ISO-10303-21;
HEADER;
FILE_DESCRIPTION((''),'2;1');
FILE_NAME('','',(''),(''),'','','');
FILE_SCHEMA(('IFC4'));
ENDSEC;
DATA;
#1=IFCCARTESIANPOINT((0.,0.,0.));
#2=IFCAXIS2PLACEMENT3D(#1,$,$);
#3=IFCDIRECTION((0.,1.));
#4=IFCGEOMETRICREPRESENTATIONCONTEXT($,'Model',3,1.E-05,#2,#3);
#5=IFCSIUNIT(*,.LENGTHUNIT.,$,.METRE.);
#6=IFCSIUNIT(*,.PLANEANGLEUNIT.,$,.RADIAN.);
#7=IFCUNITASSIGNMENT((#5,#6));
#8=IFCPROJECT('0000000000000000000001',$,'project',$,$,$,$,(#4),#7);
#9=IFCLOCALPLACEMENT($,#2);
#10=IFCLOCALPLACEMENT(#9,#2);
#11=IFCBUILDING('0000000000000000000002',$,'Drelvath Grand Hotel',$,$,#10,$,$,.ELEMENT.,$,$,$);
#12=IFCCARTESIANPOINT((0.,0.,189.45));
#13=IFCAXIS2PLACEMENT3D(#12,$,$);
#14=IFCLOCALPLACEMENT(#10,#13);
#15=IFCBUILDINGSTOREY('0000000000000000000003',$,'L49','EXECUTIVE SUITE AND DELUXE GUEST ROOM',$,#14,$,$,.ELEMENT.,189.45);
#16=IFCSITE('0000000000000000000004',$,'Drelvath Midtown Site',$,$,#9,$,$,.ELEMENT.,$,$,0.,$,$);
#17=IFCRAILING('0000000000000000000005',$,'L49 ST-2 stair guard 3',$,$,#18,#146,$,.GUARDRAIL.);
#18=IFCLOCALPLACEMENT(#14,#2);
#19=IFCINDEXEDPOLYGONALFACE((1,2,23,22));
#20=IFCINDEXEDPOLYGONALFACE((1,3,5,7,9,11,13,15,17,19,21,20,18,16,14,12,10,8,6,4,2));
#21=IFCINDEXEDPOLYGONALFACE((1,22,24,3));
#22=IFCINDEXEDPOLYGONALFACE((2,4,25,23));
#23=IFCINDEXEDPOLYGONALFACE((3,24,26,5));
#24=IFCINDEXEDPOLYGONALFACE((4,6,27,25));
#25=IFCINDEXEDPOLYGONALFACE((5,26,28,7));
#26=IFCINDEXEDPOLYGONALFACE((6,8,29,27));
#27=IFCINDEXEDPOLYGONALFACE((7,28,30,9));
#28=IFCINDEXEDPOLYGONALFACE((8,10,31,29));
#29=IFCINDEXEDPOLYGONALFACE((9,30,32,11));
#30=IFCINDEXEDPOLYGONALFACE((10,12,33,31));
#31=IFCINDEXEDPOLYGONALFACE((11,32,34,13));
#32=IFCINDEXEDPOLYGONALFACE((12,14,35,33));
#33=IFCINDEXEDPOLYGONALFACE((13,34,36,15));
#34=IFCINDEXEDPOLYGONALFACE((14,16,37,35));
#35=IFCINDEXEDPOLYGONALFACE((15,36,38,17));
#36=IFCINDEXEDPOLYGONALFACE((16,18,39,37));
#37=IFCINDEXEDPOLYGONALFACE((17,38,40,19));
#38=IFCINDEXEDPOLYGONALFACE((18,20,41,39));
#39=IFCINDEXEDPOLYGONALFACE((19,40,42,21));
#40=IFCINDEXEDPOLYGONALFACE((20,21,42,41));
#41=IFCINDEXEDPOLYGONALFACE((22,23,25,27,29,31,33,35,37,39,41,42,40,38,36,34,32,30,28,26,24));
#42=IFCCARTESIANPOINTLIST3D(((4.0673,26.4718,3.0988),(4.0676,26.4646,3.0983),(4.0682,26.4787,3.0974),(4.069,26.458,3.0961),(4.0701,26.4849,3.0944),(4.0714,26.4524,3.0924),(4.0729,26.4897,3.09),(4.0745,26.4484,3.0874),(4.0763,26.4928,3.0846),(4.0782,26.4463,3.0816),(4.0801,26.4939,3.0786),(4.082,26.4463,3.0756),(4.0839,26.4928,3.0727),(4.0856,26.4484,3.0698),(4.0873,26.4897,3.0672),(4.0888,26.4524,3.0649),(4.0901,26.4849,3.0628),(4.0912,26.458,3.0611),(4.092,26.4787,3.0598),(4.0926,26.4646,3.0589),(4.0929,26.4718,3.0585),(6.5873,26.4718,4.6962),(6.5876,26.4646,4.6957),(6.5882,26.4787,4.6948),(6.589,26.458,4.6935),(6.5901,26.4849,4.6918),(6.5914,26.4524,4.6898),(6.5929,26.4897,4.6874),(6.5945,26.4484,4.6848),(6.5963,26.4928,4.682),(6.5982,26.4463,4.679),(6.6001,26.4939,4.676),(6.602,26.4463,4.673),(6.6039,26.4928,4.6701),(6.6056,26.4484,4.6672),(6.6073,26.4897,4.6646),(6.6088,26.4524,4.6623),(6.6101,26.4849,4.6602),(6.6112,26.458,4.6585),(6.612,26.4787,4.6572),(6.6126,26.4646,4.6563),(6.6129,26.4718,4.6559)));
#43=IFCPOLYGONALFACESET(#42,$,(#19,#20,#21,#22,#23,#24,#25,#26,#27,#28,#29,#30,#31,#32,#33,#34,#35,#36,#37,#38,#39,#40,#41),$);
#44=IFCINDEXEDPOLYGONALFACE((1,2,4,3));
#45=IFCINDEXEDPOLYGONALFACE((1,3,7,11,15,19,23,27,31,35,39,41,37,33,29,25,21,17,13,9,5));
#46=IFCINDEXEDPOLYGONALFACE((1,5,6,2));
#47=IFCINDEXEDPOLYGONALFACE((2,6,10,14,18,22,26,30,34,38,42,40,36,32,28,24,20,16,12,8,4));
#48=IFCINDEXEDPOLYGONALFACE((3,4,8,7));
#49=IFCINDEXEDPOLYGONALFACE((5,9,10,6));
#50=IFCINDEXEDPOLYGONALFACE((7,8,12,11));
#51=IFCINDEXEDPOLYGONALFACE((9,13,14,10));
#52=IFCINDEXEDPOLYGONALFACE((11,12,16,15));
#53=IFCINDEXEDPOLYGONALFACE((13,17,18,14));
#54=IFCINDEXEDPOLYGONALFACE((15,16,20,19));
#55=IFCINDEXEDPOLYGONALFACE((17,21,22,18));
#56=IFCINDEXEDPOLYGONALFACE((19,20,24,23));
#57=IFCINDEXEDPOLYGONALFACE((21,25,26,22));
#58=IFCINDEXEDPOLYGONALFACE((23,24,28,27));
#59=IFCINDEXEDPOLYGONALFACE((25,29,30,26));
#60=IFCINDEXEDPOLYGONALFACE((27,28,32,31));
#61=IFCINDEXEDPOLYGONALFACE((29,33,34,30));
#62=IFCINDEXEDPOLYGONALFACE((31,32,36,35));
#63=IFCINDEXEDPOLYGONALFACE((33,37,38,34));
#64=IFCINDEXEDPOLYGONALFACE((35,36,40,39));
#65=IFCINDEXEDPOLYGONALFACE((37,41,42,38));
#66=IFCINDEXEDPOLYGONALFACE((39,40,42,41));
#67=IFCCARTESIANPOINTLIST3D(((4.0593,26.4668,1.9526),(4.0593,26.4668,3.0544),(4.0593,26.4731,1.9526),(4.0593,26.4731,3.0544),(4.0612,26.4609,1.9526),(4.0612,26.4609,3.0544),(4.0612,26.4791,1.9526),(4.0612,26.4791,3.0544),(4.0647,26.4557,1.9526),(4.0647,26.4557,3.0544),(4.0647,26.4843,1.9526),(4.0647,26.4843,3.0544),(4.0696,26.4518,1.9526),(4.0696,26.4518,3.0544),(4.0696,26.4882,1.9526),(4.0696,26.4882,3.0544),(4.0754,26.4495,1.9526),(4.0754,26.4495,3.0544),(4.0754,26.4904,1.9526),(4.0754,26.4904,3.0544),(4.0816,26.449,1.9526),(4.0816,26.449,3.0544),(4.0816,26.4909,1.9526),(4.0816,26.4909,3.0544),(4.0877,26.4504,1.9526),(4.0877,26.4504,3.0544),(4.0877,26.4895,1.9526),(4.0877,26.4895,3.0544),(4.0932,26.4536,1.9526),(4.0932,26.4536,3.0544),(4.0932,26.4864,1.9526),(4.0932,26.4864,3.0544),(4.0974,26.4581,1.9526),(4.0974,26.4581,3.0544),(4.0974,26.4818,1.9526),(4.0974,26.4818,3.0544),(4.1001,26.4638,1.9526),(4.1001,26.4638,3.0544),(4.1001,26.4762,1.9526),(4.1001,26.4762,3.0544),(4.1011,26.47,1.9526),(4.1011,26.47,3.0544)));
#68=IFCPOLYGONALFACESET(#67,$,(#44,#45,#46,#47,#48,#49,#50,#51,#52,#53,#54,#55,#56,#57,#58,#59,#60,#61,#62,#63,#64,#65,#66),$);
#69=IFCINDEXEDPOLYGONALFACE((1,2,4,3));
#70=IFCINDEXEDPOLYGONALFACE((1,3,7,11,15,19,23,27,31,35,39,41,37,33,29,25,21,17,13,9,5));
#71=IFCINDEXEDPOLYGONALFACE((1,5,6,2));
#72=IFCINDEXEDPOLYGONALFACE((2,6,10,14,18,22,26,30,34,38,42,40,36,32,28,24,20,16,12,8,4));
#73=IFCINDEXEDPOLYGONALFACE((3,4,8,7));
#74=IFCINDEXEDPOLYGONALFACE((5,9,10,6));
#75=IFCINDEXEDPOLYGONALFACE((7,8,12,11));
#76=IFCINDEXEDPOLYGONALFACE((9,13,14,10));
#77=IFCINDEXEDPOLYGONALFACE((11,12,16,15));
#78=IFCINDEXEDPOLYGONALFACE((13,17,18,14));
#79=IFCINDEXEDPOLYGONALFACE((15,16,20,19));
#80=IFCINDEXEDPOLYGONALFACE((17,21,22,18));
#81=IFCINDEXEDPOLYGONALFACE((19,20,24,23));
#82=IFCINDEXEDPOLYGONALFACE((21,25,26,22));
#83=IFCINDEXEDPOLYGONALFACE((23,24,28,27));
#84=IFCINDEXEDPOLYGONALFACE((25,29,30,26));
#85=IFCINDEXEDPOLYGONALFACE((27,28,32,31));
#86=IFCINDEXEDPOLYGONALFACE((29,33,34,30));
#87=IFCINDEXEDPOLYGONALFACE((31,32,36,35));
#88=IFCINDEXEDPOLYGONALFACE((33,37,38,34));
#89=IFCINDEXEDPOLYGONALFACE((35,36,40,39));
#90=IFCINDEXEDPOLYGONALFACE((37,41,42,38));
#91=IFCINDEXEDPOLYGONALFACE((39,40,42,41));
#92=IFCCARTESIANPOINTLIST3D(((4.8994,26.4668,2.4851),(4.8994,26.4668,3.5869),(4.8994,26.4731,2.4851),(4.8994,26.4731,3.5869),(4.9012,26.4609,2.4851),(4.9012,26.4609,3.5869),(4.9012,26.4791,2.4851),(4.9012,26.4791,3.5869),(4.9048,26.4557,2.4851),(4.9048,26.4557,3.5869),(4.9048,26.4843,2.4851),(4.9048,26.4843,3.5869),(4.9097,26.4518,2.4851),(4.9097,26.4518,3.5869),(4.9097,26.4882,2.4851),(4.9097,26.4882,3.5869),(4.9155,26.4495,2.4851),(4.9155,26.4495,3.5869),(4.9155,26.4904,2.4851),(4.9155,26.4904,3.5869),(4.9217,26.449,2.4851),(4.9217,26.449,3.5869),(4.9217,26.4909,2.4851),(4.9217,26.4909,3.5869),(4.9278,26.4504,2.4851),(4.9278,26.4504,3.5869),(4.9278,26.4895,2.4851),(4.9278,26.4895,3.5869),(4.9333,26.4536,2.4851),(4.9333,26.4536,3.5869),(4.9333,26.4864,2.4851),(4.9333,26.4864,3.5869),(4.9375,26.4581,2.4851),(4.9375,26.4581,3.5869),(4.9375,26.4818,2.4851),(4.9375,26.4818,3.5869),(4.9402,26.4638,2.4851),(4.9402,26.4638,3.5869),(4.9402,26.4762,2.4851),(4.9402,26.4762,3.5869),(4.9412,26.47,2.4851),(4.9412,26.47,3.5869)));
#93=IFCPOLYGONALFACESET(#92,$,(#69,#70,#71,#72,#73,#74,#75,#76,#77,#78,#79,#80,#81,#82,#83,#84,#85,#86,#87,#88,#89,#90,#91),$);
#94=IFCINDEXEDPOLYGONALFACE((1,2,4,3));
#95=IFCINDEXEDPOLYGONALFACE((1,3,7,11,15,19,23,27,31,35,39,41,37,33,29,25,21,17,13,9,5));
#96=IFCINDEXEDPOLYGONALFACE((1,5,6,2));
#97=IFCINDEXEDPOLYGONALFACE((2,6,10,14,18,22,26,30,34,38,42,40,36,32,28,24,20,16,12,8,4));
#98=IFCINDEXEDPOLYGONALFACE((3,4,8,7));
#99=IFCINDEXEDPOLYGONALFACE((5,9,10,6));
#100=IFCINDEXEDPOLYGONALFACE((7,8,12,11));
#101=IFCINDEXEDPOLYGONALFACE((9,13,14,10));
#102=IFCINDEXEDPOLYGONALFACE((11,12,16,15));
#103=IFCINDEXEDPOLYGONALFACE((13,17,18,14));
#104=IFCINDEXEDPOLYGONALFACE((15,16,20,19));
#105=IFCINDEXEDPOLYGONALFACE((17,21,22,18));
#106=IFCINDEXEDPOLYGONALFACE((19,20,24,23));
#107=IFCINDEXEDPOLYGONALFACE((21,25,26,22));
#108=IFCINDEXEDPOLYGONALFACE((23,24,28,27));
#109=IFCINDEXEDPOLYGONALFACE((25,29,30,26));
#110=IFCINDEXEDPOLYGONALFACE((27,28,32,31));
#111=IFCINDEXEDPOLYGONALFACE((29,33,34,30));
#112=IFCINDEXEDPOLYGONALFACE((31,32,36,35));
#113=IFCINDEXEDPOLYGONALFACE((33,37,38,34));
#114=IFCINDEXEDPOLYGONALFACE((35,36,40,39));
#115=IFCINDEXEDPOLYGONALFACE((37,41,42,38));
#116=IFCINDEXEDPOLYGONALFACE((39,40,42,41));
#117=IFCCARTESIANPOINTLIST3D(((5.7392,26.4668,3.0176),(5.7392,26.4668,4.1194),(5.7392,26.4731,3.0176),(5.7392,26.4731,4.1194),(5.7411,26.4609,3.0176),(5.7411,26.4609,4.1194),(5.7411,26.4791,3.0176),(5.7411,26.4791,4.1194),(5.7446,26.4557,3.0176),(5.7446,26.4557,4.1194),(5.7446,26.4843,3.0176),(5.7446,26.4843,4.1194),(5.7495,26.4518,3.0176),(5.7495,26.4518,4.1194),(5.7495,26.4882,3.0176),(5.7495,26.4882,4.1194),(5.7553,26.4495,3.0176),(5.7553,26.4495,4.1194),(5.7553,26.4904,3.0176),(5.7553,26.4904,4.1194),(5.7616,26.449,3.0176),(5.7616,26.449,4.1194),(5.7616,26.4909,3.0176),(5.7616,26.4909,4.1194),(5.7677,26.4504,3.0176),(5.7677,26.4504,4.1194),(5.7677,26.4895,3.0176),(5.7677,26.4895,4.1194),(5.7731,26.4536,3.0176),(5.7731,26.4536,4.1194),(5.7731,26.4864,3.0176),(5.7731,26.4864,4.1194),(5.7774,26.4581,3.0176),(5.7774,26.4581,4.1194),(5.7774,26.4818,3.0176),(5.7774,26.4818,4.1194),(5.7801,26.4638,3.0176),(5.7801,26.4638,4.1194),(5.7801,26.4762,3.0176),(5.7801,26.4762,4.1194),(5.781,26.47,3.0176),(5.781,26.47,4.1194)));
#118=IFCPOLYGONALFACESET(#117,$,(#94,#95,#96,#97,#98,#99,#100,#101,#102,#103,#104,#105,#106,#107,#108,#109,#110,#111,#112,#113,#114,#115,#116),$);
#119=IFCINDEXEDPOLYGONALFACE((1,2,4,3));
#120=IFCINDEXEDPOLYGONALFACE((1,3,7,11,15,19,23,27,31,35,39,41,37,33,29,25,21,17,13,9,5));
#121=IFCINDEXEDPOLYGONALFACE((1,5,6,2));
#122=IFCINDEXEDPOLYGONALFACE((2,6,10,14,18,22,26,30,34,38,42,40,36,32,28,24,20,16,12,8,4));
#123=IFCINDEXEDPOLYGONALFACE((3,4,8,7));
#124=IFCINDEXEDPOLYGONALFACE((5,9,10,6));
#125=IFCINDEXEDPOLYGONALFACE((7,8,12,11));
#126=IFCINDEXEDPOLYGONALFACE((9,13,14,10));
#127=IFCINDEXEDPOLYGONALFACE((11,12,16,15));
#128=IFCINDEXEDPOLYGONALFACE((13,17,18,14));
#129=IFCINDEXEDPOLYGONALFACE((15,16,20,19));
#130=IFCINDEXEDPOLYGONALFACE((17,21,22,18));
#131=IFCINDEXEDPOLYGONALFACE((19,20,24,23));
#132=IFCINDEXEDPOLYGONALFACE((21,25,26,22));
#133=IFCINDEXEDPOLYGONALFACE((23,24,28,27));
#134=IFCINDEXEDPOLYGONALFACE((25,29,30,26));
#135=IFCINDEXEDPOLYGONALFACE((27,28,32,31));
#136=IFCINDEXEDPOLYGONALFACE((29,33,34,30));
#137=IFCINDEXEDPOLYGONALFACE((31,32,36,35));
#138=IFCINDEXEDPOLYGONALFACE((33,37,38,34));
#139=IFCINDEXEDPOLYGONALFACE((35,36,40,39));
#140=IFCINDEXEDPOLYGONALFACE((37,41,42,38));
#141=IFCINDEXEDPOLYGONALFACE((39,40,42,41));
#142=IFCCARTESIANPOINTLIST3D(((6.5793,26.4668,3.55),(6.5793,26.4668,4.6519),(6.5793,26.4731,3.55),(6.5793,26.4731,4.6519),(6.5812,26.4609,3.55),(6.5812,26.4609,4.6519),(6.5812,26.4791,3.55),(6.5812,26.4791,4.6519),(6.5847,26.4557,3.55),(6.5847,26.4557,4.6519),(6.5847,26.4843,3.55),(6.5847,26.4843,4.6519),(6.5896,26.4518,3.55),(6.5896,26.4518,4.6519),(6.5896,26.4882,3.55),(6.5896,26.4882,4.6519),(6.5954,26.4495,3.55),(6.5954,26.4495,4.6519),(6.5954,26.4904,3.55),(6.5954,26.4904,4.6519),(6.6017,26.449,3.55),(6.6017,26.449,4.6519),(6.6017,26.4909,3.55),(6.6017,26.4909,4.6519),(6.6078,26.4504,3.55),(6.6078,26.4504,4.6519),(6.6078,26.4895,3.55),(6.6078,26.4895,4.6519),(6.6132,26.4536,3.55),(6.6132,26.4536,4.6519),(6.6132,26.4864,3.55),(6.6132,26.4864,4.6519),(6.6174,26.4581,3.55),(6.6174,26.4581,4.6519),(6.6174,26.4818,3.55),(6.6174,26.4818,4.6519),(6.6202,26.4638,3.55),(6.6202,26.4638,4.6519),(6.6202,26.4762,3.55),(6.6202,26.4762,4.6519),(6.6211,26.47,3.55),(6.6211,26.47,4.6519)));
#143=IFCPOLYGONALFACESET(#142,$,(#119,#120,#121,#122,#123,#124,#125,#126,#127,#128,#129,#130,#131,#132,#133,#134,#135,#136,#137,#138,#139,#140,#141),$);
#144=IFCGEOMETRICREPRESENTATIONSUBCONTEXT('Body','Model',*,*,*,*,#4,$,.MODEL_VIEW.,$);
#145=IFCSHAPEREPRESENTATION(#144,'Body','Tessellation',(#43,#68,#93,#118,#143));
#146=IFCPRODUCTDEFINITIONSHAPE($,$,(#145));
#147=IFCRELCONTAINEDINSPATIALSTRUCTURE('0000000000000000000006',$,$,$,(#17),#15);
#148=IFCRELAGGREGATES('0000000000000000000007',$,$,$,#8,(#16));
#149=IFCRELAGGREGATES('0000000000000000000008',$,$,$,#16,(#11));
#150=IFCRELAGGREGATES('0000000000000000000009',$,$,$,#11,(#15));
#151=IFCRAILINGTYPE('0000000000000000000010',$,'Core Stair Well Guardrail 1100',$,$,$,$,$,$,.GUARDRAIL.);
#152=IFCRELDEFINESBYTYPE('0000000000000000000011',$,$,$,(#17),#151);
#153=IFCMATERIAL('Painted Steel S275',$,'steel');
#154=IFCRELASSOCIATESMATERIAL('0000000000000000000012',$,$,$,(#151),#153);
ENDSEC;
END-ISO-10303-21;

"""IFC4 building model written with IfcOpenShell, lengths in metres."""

from ifc_helpers import new_model, si_unit, direction, frame, origin, origin_2d, place, context, subcontext, project, spatial, circle, extrude, material, type_object, element, save


model = new_model("IFC4")

# Units and contexts
model_context = context("Model", 3, precision=1e-05, world=origin(), true_north=direction((0.0, 1.0)))
body_context = subcontext(model_context, "Body", "Model", "MODEL_VIEW")
ifc_project = project(units=[si_unit("LENGTHUNIT", "METRE"), si_unit("PLANEANGLEUNIT", "RADIAN")], contexts=[model_context])

# Site, building, storey
site_placement = place(None, origin())
site = spatial("IfcSite", under=ifc_project, at=site_placement, Name="Drelvath Midtown Site", CompositionType="ELEMENT", RefElevation=0.0)
building_placement = place(site_placement, origin())
building = spatial("IfcBuilding", under=site, at=building_placement, Name="Drelvath Grand Hotel", CompositionType="ELEMENT")
storey_placement = place(building_placement, frame((0.0, 0.0, 189.45)))
storey = spatial("IfcBuildingStorey", under=building, at=storey_placement, Name="L49", Description="EXECUTIVE SUITE AND DELUXE GUEST ROOM", CompositionType="ELEMENT", Elevation=189.45)

# Railing
ifc_material_1 = material(Name="Painted Steel S275", Category="steel")
railing_type_1 = type_object("IfcRailingType", Name="Core Stair Well Guardrail 1100", PredefinedType="GUARDRAIL", material=ifc_material_1)
railing_1_placement = place(storey_placement, frame((4.0801, 26.47, 1.9526)))
element("IfcRailing", 1, at=railing_1_placement, inside=storey, type_object=railing_type_1, Name="L49 ST-2 stair guard 3", PredefinedType="GUARDRAIL", context=body_context, shape_type="SweptSolid", body=[
    extrude(circle(Radius=0.0239, at=origin_2d()), frame((0.0, 0.0, 1.126), z_axis=(0.844607, 0.0, 0.535387), x_axis=(0.0, 1.0, 0.0)), (0.0, 0.0, 1.0), 2.9836),
    extrude(circle(Radius=0.021, at=origin_2d()), origin(), (0.0, 0.0, 1.0), 1.1018),
    extrude(circle(Radius=0.021, at=origin_2d()), frame((0.8401, 0.0, 0.5325)), (0.0, 0.0, 1.0), 1.1018),
    extrude(circle(Radius=0.021, at=origin_2d()), frame((1.6799, 0.0, 1.0649)), (0.0, 0.0, 1.0), 1.1018),
    extrude(circle(Radius=0.021, at=origin_2d()), frame((2.52, 0.0, 1.5974)), (0.0, 0.0, 1.0), 1.1018),
])

save(model, "model.ifc")
